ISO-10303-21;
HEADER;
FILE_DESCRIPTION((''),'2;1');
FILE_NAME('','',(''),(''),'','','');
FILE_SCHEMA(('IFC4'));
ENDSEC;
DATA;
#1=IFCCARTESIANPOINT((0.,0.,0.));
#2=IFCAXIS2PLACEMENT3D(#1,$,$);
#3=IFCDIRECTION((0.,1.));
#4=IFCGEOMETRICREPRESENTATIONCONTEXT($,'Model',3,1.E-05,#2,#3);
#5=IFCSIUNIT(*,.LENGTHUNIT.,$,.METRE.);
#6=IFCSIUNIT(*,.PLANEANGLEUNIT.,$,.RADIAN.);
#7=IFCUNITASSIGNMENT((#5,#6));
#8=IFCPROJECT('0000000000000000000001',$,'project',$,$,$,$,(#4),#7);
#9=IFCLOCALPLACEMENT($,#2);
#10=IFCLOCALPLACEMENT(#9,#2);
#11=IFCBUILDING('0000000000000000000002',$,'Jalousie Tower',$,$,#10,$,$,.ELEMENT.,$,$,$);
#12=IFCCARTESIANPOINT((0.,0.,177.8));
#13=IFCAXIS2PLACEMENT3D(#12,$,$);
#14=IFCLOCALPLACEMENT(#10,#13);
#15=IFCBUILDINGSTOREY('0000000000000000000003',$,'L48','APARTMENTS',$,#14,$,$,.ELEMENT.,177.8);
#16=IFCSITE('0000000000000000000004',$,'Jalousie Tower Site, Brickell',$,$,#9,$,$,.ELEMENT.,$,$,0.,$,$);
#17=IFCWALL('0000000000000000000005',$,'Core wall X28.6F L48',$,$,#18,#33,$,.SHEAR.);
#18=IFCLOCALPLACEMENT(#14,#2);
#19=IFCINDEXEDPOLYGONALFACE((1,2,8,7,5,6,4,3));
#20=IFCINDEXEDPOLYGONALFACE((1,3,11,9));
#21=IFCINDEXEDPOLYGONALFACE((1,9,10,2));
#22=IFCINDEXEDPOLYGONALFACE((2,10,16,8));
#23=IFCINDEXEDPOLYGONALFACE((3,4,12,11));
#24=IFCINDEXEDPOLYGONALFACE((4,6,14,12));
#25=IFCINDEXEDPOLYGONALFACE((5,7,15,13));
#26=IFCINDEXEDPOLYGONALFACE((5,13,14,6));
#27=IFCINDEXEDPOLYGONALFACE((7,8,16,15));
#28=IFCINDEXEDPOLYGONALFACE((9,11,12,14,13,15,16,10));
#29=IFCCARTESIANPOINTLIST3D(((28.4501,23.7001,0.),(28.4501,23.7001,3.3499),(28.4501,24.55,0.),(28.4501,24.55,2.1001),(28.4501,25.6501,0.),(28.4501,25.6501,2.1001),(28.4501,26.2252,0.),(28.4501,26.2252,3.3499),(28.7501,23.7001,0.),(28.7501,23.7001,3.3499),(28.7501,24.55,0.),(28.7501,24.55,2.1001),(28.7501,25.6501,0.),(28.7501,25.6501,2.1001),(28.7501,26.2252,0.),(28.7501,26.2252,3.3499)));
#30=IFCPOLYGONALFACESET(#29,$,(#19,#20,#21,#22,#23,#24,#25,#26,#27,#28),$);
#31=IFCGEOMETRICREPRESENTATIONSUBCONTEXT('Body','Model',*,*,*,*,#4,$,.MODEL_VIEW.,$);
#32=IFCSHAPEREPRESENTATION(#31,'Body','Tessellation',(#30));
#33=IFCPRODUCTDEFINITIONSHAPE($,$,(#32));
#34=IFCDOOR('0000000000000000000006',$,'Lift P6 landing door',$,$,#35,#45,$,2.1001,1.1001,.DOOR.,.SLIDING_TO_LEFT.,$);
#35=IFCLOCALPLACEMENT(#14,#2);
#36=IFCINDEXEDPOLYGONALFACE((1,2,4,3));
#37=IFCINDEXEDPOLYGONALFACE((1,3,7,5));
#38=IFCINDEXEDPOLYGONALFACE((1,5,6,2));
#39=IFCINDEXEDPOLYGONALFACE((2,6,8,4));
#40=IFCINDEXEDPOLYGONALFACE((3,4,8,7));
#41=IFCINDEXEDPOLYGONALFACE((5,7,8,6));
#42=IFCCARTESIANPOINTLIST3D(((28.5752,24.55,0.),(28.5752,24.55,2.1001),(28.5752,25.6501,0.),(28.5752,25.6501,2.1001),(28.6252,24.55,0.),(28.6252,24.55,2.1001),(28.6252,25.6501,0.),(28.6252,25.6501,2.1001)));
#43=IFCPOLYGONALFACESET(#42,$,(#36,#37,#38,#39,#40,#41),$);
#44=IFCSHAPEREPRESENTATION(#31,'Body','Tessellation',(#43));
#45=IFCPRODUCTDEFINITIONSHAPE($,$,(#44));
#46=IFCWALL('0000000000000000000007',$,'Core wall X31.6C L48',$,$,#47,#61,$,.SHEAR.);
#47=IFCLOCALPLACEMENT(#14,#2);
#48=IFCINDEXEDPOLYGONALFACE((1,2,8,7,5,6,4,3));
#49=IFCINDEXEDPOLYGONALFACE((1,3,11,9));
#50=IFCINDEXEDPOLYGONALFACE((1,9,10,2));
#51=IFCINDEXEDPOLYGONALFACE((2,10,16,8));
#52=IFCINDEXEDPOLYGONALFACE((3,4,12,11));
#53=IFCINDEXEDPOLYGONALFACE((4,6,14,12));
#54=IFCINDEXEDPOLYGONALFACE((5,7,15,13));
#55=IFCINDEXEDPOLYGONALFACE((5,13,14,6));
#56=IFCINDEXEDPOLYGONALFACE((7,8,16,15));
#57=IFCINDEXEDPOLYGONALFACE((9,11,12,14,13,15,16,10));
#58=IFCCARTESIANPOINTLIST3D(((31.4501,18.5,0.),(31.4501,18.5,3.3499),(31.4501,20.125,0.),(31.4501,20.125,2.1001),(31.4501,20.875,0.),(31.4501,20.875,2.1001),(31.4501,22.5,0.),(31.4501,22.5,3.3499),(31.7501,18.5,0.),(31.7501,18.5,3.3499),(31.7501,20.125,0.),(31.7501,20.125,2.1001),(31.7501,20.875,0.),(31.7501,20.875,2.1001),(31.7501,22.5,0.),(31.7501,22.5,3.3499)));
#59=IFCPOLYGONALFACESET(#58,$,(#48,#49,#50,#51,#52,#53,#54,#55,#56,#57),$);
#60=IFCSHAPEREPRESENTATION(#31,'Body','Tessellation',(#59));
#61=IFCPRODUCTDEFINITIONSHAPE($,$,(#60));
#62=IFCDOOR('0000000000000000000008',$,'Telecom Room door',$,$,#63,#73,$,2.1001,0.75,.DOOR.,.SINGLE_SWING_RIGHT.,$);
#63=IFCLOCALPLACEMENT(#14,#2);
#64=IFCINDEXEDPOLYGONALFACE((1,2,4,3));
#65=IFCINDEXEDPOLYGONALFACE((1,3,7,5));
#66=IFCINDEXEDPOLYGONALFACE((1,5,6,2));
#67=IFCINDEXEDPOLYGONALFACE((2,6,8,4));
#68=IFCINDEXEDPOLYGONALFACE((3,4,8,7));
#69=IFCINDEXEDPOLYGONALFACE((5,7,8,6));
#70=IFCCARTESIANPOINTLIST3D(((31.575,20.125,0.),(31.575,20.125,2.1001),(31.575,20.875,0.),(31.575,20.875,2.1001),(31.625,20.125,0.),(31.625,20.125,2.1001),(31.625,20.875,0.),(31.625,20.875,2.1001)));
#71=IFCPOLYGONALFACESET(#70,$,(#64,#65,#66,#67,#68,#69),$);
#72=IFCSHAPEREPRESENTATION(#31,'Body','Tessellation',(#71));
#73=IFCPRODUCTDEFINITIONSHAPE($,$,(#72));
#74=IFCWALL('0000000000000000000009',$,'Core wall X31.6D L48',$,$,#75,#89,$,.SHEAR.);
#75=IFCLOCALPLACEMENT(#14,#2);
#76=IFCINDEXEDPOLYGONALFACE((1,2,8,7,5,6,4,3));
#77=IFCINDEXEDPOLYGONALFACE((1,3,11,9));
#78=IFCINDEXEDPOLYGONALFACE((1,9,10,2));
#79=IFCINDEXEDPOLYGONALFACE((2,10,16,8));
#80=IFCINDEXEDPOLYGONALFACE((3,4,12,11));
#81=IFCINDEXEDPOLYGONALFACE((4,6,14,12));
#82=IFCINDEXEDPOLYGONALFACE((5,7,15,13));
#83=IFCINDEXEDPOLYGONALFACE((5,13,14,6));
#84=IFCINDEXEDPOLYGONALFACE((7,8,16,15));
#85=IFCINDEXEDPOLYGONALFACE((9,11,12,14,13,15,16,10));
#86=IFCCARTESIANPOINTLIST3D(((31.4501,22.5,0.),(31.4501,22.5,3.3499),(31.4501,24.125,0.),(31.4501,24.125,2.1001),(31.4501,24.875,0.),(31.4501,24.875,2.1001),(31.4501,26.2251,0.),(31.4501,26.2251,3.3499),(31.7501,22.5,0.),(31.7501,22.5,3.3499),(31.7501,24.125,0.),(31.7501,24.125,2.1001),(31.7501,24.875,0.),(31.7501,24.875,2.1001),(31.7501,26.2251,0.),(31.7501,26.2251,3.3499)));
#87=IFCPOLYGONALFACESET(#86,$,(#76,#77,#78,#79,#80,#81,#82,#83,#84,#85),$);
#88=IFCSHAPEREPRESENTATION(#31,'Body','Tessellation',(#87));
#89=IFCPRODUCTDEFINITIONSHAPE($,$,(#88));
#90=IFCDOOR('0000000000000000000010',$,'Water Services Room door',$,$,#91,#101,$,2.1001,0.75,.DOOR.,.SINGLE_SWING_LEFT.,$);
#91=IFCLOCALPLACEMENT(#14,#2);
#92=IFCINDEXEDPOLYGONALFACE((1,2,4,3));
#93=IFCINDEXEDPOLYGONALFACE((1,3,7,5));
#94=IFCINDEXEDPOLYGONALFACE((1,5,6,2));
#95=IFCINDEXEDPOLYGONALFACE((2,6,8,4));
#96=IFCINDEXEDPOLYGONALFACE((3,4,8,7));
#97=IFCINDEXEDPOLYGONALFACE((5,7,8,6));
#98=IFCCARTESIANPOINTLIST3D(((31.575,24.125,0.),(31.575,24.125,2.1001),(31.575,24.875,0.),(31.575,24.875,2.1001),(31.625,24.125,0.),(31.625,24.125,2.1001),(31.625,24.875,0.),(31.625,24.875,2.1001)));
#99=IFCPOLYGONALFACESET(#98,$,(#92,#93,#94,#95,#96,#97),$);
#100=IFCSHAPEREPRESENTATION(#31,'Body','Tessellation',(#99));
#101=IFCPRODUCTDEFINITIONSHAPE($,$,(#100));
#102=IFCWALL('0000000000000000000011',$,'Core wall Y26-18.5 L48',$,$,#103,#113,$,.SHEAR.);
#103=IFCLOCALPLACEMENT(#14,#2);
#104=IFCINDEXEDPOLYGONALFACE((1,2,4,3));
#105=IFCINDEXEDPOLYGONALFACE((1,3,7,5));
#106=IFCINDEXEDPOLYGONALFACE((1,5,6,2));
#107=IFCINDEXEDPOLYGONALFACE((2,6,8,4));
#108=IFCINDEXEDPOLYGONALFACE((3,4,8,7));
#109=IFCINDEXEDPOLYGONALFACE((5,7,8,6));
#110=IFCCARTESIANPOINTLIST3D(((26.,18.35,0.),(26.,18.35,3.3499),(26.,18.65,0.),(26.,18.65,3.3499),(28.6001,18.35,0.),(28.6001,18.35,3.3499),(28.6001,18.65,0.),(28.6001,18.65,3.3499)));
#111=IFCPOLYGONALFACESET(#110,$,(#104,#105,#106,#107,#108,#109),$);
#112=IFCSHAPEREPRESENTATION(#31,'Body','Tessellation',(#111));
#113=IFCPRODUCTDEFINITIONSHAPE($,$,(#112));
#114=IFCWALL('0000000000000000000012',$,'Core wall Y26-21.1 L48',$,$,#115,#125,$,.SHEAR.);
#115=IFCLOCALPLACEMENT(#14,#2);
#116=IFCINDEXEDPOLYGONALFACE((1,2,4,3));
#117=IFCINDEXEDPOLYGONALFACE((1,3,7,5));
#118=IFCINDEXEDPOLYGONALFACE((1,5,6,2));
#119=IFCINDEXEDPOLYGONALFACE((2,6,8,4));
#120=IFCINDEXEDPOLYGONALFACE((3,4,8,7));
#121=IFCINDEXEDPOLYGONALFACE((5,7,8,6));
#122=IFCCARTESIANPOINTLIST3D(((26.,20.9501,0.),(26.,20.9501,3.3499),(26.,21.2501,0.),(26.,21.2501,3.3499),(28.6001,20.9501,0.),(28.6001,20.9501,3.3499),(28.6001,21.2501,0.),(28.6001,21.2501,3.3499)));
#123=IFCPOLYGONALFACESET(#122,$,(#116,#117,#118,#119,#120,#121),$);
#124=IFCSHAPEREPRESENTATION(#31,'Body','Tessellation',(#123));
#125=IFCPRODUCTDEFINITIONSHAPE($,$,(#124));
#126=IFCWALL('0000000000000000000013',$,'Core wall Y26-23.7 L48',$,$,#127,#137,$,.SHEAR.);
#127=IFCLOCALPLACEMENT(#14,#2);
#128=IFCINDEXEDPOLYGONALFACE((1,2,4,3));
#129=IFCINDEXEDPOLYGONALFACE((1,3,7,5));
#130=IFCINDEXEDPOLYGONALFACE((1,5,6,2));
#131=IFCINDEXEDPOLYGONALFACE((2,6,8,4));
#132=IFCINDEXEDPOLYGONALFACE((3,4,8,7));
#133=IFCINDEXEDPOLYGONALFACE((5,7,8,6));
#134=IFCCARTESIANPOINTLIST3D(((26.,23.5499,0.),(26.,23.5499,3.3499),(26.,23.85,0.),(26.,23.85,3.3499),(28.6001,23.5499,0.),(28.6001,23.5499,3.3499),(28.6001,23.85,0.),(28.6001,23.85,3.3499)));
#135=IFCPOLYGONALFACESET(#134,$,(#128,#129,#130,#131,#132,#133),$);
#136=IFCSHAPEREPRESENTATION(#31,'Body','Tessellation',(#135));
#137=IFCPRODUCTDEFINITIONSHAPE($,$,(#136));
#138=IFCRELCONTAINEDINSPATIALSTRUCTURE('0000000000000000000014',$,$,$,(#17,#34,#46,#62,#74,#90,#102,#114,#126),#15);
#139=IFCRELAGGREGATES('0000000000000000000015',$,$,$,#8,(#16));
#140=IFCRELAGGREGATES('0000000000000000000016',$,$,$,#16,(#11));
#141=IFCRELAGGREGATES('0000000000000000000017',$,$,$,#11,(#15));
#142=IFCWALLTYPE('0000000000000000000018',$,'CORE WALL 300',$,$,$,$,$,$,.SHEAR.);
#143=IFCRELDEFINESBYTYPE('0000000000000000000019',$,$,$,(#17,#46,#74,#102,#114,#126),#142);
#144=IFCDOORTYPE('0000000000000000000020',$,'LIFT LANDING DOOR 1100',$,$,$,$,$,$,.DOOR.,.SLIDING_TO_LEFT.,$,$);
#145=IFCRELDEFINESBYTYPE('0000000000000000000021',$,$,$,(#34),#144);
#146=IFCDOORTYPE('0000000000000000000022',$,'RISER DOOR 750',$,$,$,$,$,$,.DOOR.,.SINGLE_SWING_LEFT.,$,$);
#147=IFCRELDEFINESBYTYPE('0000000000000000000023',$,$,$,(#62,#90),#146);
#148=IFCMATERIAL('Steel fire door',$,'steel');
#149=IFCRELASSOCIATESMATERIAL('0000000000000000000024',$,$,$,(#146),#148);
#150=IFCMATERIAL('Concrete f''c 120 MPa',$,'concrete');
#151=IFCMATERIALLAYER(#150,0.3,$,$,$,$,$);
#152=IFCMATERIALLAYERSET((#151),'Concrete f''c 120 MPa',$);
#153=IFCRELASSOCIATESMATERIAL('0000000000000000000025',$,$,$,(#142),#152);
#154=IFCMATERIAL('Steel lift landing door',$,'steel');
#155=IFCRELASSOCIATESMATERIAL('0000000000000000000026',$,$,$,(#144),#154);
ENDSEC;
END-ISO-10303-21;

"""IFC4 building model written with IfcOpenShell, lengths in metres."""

from ifc_helpers import new_model, si_unit, direction, frame, frame_2d, origin, place, context, subcontext, project, spatial, rectangle, extrude, material, layer, layer_set, type_object, element, fill, save


model = new_model("IFC4")

# Units and contexts
model_context = context("Model", 3, precision=1e-05, world=origin(), true_north=direction((0.0, 1.0)))
body_context = subcontext(model_context, "Body", "Model", "MODEL_VIEW")
ifc_project = project(units=[si_unit("LENGTHUNIT", "METRE"), si_unit("PLANEANGLEUNIT", "RADIAN")], contexts=[model_context])

# Site, building, storey
site_placement = place(None, origin())
site = spatial("IfcSite", under=ifc_project, at=site_placement, Name="Jalousie Tower Site, Brickell", CompositionType="ELEMENT", RefElevation=0.0)
building_placement = place(site_placement, origin())
building = spatial("IfcBuilding", under=site, at=building_placement, Name="Jalousie Tower", CompositionType="ELEMENT")
storey_placement = place(building_placement, frame((0.0, 0.0, 177.8)))
storey = spatial("IfcBuildingStorey", under=building, at=storey_placement, Name="L48", Description="APARTMENTS", CompositionType="ELEMENT", Elevation=177.8)

# Shared definitions
ifc_material_1 = material(Name="Steel fire door", Category="steel")
door_type_1 = type_object("IfcDoorType", Name="RISER DOOR 750", OperationType="SINGLE_SWING_LEFT", PredefinedType="DOOR", material=ifc_material_1)

# Shared definitions
ifc_material_2 = material(Name="Concrete f'c 120 MPa", Category="concrete")
ifc_layer_1 = layer(ifc_material_2, 0.3)
ifc_layer_set_1 = layer_set([ifc_layer_1], Name="Concrete f'c 120 MPa")
wall_type_1 = type_object("IfcWallType", Name="CORE WALL 300", PredefinedType="SHEAR", material=ifc_layer_set_1)

# Walls, openings, doors
ifc_material_3 = material(Name="Steel lift landing door", Category="steel")
door_type_2 = type_object("IfcDoorType", Name="LIFT LANDING DOOR 1100", OperationType="SLIDING_TO_LEFT", PredefinedType="DOOR", material=ifc_material_3)
wall_1_placement = place(storey_placement, frame((28.6001, 23.7, 0.0), z_axis=(0.0, 0.0, 1.0), x_axis=(0.0, 1.0, 0.0)))
wall_1 = element("IfcWall", 1, at=wall_1_placement, inside=storey, type_object=wall_type_1, Name="Core wall X28.6F L48", PredefinedType="SHEAR", context=body_context, shape_type="SweptSolid", body=[
    extrude(rectangle(XDim=2.5251, YDim=0.3, at=frame_2d((1.2627, 0.0))), origin(), (0.0, 0.0, 1.0), 3.3499),
])
opening_1_placement = place(wall_1_placement, frame((0.8501, 0.0, 0.0)))
opening_1 = element("IfcOpeningElement", 2, at=opening_1_placement, cuts=wall_1, PredefinedType="OPENING", context=body_context, shape_type="SweptSolid", body=[
    extrude(rectangle(XDim=1.1001, YDim=2.1001, at=frame_2d((0.55, 1.05))), frame((0.0, 0.1599, 0.0), z_axis=(0.0, -1.0, 0.0), x_axis=(1.0, 0.0, 0.0)), (0.0, 0.0, 1.0), 0.3201),
])
door_1_placement = place(opening_1_placement, origin())
door_1 = element("IfcDoor", 3, at=door_1_placement, inside=storey, type_object=door_type_2, Name="Lift P6 landing door", OperationType="SLIDING_TO_LEFT", OverallHeight=2.1001, OverallWidth=1.1001, PredefinedType="DOOR", context=body_context, shape_type="SweptSolid", body=[
    extrude(rectangle(XDim=1.1001, YDim=2.1001, at=frame_2d((0.55, 1.05))), frame((0.0, 0.0249, 0.0), z_axis=(0.0, -1.0, 0.0), x_axis=(1.0, 0.0, 0.0)), (0.0, 0.0, 1.0), 0.05),
])
fill(opening_1, door_1)
wall_2_placement = place(storey_placement, frame((31.6001, 18.5, 0.0), z_axis=(0.0, 0.0, 1.0), x_axis=(0.0, 1.0, 0.0)))
wall_2 = element("IfcWall", 4, at=wall_2_placement, inside=storey, type_object=wall_type_1, Name="Core wall X31.6C L48", PredefinedType="SHEAR", context=body_context, shape_type="SweptSolid", body=[
    extrude(rectangle(XDim=4.0, YDim=0.3, at=frame_2d((2.0, 0.0))), origin(), (0.0, 0.0, 1.0), 3.3499),
])
opening_2_placement = place(wall_2_placement, frame((1.625, 0.0, 0.0)))
opening_2 = element("IfcOpeningElement", 5, at=opening_2_placement, cuts=wall_2, PredefinedType="OPENING", context=body_context, shape_type="SweptSolid", body=[
    extrude(rectangle(XDim=0.75, YDim=2.1001, at=frame_2d((0.375, 1.05))), frame((0.0, 0.1599, 0.0), z_axis=(0.0, -1.0, 0.0), x_axis=(1.0, 0.0, 0.0)), (0.0, 0.0, 1.0), 0.3201),
])
door_2_placement = place(opening_2_placement, frame((0.75, 0.0, 0.0), z_axis=(0.0, 0.0, 1.0), x_axis=(-1.0, 0.0, 0.0)))
door_2 = element("IfcDoor", 6, at=door_2_placement, inside=storey, type_object=door_type_1, Name="Telecom Room door", OperationType="SINGLE_SWING_RIGHT", OverallHeight=2.1001, OverallWidth=0.75, PredefinedType="DOOR", context=body_context, shape_type="SweptSolid", body=[
    extrude(rectangle(XDim=0.75, YDim=2.1001, at=frame_2d((0.375, 1.05))), frame((0.0, 0.0249, 0.0), z_axis=(0.0, -1.0, 0.0), x_axis=(1.0, 0.0, 0.0)), (0.0, 0.0, 1.0), 0.05),
])
fill(opening_2, door_2)
wall_3_placement = place(storey_placement, frame((31.6001, 22.5, 0.0), z_axis=(0.0, 0.0, 1.0), x_axis=(0.0, 1.0, 0.0)))
wall_3 = element("IfcWall", 7, at=wall_3_placement, inside=storey, type_object=wall_type_1, Name="Core wall X31.6D L48", PredefinedType="SHEAR", context=body_context, shape_type="SweptSolid", body=[
    extrude(rectangle(XDim=3.7251, YDim=0.3, at=frame_2d((1.8625, 0.0))), origin(), (0.0, 0.0, 1.0), 3.3499),
])
opening_3_placement = place(wall_3_placement, frame((1.625, 0.0, 0.0)))
opening_3 = element("IfcOpeningElement", 8, at=opening_3_placement, cuts=wall_3, PredefinedType="OPENING", context=body_context, shape_type="SweptSolid", body=[
    extrude(rectangle(XDim=0.75, YDim=2.1001, at=frame_2d((0.375, 1.05))), frame((0.0, 0.1599, 0.0), z_axis=(0.0, -1.0, 0.0), x_axis=(1.0, 0.0, 0.0)), (0.0, 0.0, 1.0), 0.3201),
])
door_3_placement = place(opening_3_placement, frame((0.75, 0.0, 0.0), z_axis=(0.0, 0.0, 1.0), x_axis=(-1.0, 0.0, 0.0)))
door_3 = element("IfcDoor", 9, at=door_3_placement, inside=storey, type_object=door_type_1, Name="Water Services Room door", OperationType="SINGLE_SWING_LEFT", OverallHeight=2.1001, OverallWidth=0.75, PredefinedType="DOOR", context=body_context, shape_type="SweptSolid", body=[
    extrude(rectangle(XDim=0.75, YDim=2.1001, at=frame_2d((0.375, 1.05))), frame((0.0, 0.0249, 0.0), z_axis=(0.0, -1.0, 0.0), x_axis=(1.0, 0.0, 0.0)), (0.0, 0.0, 1.0), 0.05),
])
fill(opening_3, door_3)

# Walls
for number, where, z_axis, x_axis, name in (
    (10, (26.0, 18.5, 0.0), (0.0, 0.0, 1.0), (1.0, 0.0, 0.0), "Core wall Y26-18.5 L48"),
    (11, (26.0, 21.1001, 0.0), (0.0, 0.0, 1.0), (1.0, 0.0, 0.0), "Core wall Y26-21.1 L48"),
    (12, (26.0, 23.7, 0.0), (0.0, 0.0, 1.0), (1.0, 0.0, 0.0), "Core wall Y26-23.7 L48"),
):
    element("IfcWall", number, at=place(storey_placement, frame(where, z_axis=z_axis, x_axis=x_axis)), inside=storey, type_object=wall_type_1, Name=name, PredefinedType="SHEAR", context=body_context, shape_type="SweptSolid", body=[
        extrude(rectangle(XDim=2.6001, YDim=0.3, at=frame_2d((1.3, 0.0))), origin(), (0.0, 0.0, 1.0), 3.3499),
    ])

save(model, "model.ifc")
